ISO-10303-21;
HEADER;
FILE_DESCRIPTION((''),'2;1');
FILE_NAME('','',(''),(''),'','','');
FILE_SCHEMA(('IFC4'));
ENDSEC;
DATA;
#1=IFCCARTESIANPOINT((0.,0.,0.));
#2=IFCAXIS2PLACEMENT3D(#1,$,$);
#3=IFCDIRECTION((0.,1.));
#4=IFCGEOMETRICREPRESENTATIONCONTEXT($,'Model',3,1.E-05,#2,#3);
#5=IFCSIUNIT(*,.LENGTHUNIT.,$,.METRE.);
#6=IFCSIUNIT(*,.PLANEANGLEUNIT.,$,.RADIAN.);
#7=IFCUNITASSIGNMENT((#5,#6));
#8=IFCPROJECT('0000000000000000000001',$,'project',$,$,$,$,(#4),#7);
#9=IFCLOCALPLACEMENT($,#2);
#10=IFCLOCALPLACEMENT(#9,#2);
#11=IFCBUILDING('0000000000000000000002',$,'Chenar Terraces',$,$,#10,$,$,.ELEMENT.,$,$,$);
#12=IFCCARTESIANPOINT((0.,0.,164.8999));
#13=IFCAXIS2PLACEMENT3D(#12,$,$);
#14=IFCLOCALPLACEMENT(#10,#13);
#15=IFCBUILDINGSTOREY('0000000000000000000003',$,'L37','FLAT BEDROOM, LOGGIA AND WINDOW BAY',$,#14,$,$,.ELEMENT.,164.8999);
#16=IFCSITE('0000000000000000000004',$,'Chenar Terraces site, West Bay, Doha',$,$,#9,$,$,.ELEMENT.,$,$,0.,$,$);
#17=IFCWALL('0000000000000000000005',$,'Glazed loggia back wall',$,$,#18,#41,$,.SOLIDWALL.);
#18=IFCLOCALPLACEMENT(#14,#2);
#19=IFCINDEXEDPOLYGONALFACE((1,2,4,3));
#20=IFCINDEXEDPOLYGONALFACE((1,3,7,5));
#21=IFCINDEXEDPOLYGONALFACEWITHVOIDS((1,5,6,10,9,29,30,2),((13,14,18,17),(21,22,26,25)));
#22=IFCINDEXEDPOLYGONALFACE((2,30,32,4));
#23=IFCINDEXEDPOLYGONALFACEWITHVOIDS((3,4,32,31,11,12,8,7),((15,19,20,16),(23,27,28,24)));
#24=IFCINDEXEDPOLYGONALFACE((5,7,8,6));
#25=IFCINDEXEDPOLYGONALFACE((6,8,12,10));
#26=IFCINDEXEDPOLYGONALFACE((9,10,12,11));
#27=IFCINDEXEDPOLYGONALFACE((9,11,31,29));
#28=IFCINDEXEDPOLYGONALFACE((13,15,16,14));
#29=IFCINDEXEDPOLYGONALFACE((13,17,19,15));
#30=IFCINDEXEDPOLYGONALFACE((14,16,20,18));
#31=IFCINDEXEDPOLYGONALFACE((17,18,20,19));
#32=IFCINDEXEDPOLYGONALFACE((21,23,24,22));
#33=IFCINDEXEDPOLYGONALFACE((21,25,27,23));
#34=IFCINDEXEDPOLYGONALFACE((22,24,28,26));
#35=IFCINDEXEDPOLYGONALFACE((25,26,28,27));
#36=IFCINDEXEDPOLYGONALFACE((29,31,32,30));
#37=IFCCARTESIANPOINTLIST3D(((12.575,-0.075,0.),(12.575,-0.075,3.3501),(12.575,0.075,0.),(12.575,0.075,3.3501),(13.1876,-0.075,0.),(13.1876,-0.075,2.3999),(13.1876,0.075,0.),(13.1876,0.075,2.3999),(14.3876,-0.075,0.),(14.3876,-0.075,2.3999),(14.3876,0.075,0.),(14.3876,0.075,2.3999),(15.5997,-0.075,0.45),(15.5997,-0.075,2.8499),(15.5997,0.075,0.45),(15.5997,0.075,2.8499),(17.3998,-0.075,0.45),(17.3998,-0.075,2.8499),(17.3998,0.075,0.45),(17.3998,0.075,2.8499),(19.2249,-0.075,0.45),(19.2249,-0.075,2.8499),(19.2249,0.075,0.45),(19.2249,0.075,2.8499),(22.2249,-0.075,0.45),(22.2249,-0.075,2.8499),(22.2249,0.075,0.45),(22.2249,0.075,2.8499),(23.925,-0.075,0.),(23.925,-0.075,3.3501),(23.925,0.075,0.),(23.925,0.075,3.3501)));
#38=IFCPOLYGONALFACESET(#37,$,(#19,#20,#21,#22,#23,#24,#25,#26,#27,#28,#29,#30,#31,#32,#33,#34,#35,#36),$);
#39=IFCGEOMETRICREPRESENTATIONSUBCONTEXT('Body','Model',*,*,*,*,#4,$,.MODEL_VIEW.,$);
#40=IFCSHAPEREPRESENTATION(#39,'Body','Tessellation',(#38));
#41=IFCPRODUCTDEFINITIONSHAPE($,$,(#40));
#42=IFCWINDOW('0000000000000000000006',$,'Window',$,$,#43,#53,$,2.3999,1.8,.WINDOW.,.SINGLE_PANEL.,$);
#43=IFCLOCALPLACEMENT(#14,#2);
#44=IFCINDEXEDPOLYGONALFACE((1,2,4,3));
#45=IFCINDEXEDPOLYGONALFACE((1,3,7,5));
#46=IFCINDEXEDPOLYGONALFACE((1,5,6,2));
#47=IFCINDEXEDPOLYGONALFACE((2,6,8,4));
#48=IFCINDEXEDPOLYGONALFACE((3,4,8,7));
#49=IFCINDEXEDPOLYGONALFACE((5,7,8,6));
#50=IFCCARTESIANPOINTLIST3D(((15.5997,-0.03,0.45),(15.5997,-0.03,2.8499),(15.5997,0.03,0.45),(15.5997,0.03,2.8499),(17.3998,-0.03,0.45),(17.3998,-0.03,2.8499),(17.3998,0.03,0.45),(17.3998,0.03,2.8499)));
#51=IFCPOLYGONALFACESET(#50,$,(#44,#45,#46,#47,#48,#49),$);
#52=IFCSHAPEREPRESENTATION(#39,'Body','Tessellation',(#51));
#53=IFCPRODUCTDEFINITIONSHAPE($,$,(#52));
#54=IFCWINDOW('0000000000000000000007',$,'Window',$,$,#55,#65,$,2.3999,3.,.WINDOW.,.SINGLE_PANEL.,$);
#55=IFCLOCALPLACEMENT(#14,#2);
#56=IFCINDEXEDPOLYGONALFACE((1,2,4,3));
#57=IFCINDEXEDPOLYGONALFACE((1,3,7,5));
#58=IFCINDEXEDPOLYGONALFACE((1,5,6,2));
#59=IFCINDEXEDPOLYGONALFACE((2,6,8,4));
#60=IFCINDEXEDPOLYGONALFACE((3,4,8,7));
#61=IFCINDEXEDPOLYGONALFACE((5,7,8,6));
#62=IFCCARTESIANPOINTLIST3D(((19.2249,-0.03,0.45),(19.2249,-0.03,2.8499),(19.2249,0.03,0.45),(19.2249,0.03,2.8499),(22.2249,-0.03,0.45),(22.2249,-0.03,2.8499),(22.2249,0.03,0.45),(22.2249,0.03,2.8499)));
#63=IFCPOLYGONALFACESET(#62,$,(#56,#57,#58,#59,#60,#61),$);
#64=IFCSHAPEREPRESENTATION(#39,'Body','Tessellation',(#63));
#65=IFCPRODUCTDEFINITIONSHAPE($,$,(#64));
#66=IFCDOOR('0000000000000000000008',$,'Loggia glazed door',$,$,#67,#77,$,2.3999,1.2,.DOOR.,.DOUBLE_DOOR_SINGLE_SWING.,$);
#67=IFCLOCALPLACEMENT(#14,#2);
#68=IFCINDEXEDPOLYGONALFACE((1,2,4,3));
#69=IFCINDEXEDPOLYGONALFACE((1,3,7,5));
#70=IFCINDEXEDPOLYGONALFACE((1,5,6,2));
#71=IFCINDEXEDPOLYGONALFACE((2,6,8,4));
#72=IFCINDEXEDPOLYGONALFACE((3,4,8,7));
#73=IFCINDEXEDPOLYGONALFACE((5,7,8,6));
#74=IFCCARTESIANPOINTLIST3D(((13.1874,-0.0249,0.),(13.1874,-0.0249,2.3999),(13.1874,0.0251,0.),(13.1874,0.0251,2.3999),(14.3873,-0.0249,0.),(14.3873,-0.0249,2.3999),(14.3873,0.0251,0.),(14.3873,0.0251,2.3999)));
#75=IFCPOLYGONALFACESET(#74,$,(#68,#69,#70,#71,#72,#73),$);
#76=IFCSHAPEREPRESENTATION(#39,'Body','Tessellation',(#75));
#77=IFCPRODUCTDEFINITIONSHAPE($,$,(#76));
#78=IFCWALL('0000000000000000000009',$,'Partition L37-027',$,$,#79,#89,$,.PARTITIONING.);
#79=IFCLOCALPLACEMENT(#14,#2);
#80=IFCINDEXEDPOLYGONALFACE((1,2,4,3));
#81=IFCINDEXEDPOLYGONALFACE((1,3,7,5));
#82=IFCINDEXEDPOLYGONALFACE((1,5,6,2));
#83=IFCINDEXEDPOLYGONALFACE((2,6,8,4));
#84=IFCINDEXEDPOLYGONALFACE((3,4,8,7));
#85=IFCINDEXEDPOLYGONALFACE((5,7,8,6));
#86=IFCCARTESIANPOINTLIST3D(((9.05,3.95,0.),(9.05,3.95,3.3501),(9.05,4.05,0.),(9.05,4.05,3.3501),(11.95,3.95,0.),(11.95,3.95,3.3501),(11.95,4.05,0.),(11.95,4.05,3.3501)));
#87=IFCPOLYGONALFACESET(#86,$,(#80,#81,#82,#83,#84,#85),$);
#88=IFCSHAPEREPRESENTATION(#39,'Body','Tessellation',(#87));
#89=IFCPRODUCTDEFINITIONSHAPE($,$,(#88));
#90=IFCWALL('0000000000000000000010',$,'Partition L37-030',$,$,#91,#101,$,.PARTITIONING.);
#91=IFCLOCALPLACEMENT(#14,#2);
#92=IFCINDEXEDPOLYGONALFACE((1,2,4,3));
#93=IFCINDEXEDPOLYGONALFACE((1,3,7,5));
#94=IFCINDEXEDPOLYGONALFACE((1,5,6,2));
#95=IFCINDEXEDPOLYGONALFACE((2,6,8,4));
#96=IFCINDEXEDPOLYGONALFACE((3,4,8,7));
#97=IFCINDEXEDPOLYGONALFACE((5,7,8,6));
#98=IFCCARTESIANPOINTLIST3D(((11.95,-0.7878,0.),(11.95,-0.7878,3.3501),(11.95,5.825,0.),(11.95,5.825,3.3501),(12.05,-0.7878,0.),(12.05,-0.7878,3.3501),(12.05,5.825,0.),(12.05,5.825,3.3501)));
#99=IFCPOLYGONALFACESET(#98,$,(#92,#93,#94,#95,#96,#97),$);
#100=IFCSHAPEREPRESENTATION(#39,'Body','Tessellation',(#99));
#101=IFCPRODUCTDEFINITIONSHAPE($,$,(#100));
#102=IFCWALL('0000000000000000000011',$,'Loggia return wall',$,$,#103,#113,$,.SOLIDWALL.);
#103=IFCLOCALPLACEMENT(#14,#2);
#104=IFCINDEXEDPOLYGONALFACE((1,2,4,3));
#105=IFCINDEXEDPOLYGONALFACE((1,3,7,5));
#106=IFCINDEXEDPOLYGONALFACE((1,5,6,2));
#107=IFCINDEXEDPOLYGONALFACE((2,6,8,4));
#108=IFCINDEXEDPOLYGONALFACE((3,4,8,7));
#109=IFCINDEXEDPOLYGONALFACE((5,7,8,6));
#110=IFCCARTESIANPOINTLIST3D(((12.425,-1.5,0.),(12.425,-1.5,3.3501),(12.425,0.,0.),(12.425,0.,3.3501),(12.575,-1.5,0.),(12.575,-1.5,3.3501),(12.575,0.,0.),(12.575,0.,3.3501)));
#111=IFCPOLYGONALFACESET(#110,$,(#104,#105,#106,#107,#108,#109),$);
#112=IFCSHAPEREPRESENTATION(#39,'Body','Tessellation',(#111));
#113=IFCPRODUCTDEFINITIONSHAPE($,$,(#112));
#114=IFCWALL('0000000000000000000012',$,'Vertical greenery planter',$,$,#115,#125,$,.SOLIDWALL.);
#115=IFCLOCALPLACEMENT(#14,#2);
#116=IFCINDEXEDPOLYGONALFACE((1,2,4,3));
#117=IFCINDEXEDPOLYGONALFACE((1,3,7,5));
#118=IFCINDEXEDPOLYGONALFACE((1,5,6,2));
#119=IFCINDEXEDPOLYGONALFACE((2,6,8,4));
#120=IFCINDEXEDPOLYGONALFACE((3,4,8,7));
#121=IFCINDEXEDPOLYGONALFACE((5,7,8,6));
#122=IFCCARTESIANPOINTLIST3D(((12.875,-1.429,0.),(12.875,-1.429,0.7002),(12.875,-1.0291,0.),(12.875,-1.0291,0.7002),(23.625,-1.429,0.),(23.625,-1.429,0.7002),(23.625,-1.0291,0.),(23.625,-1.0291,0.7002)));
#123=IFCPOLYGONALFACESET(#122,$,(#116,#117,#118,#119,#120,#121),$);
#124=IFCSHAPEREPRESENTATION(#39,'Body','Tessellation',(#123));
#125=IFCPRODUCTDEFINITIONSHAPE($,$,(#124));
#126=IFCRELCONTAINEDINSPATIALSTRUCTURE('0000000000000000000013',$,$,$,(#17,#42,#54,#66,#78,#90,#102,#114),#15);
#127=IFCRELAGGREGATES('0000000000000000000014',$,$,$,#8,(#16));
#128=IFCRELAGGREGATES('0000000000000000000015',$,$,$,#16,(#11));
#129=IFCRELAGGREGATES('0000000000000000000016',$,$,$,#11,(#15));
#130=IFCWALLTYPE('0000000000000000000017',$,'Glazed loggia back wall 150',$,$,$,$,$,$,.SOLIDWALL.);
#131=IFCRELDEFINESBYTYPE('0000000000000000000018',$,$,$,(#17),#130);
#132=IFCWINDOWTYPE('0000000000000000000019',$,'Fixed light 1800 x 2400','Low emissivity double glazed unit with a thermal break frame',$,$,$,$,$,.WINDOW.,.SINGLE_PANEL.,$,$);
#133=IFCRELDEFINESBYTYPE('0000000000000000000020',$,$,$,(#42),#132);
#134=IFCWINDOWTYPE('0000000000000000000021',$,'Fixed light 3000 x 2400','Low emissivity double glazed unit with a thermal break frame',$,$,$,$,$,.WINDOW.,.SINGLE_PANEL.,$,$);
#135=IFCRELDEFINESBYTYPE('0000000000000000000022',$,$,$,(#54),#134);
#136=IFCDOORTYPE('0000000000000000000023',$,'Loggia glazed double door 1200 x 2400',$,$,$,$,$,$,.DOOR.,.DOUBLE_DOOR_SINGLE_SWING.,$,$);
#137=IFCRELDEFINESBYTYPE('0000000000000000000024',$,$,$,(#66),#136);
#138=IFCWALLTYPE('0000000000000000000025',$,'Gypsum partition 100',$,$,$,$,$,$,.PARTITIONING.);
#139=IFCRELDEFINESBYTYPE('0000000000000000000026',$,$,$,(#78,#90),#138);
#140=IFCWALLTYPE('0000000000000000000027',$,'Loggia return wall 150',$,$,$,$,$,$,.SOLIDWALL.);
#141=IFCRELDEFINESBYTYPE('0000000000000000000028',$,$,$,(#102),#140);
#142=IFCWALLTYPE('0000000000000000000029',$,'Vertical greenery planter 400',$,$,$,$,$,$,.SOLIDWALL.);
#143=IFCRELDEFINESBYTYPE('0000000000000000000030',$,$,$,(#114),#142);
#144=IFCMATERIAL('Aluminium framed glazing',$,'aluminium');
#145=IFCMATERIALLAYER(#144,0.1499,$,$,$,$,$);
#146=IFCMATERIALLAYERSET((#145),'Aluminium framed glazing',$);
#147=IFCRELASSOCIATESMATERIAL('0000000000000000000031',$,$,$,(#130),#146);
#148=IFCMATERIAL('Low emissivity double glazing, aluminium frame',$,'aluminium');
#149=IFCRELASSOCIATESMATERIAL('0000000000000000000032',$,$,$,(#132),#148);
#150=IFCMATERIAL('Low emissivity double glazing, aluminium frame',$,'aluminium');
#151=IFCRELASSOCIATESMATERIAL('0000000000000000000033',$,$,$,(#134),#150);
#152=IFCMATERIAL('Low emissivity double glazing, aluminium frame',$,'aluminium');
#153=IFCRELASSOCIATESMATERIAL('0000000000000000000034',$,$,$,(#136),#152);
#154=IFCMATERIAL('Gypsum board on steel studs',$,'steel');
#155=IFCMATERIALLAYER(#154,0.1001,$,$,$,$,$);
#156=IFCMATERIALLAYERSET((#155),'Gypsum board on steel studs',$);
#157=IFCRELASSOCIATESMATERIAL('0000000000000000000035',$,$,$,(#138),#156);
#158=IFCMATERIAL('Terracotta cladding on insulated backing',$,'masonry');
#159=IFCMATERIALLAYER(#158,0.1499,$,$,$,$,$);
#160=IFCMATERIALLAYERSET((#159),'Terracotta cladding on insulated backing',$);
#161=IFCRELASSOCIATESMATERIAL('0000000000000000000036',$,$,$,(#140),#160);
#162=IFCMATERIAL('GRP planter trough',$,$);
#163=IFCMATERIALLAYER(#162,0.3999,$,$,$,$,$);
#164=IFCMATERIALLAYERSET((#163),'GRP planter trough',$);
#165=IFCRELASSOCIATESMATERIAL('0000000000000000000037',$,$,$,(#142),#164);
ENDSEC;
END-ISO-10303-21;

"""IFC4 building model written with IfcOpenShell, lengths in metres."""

from ifc_helpers import new_model, si_unit, direction, frame, frame_2d, origin, place, context, subcontext, project, spatial, rectangle, extrude, material, layer, layer_set, type_object, element, fill, save


model = new_model("IFC4")

# Units and contexts
model_context = context("Model", 3, precision=1e-05, world=origin(), true_north=direction((0.0, 1.0)))
body_context = subcontext(model_context, "Body", "Model", "MODEL_VIEW")
ifc_project = project(units=[si_unit("LENGTHUNIT", "METRE"), si_unit("PLANEANGLEUNIT", "RADIAN")], contexts=[model_context])

# Site, building, storey
site_placement = place(None, origin())
site = spatial("IfcSite", under=ifc_project, at=site_placement, Name="Chenar Terraces site, West Bay, Doha", CompositionType="ELEMENT", RefElevation=0.0)
building_placement = place(site_placement, origin())
building = spatial("IfcBuilding", under=site, at=building_placement, Name="Chenar Terraces", CompositionType="ELEMENT")
storey_placement = place(building_placement, frame((0.0, 0.0, 164.8999)))
storey = spatial("IfcBuildingStorey", under=building, at=storey_placement, Name="L37", Description="FLAT BEDROOM, LOGGIA AND WINDOW BAY", CompositionType="ELEMENT", Elevation=164.8999)

# Wall, openings, windows, door
ifc_material_1 = material(Name="Aluminium framed glazing", Category="aluminium")
ifc_layer_1 = layer(ifc_material_1, 0.1499)
ifc_layer_set_1 = layer_set([ifc_layer_1], Name="Aluminium framed glazing")
wall_type_1 = type_object("IfcWallType", Name="Glazed loggia back wall 150", PredefinedType="SOLIDWALL", material=ifc_layer_set_1)
wall_1_placement = place(storey_placement, frame((12.575, 0.0, 0.0), z_axis=(0.0, 0.0, 1.0), x_axis=(1.0, 0.0, 0.0)))
wall_1 = element("IfcWall", 1, at=wall_1_placement, inside=storey, type_object=wall_type_1, Name="Glazed loggia back wall", PredefinedType="SOLIDWALL", context=body_context, shape_type="SweptSolid", body=[
    extrude(rectangle(XDim=11.3501, YDim=0.1499, at=frame_2d((5.675, 0.0))), origin(), (0.0, 0.0, 1.0), 3.3501),
])
opening_1_placement = place(wall_1_placement, frame((0.6125, 0.0, 0.0)))
opening_1 = element("IfcOpeningElement", 2, at=opening_1_placement, cuts=wall_1, PredefinedType="OPENING", context=body_context, shape_type="SweptSolid", body=[
    extrude(rectangle(XDim=1.2, YDim=2.3999, at=frame_2d((0.6001, 1.2))), frame((0.0, 0.085, 0.0), z_axis=(0.0, -1.0, 0.0), x_axis=(1.0, 0.0, 0.0)), (0.0, 0.0, 1.0), 0.1699),
])
opening_2_placement = place(wall_1_placement, frame((3.0249, 0.0, 0.45)))
opening_2 = element("IfcOpeningElement", 3, at=opening_2_placement, cuts=wall_1, PredefinedType="OPENING", context=body_context, shape_type="SweptSolid", body=[
    extrude(rectangle(XDim=1.8, YDim=2.3999, at=frame_2d((0.8999, 1.2))), frame((0.0, 0.085, 0.0), z_axis=(0.0, -1.0, 0.0), x_axis=(1.0, 0.0, 0.0)), (0.0, 0.0, 1.0), 0.1699),
])
opening_3_placement = place(wall_1_placement, frame((6.6499, 0.0, 0.45)))
opening_3 = element("IfcOpeningElement", 4, at=opening_3_placement, cuts=wall_1, PredefinedType="OPENING", context=body_context, shape_type="SweptSolid", body=[
    extrude(rectangle(XDim=3.0, YDim=2.3999, at=frame_2d((1.5, 1.2))), frame((0.0, 0.085, 0.0), z_axis=(0.0, -1.0, 0.0), x_axis=(1.0, 0.0, 0.0)), (0.0, 0.0, 1.0), 0.1699),
])
ifc_material_2 = material(Name="Low emissivity double glazing, aluminium frame", Category="aluminium")
window_type_1 = type_object("IfcWindowType", Name="Fixed light 1800 x 2400", Description="Low emissivity double glazed unit with a thermal break frame", PartitioningType="SINGLE_PANEL", PredefinedType="WINDOW", material=ifc_material_2)
window_1_placement = place(opening_2_placement, origin())
window_1 = element("IfcWindow", 5, at=window_1_placement, inside=storey, type_object=window_type_1, Name="Window", OverallHeight=2.3999, OverallWidth=1.8, PartitioningType="SINGLE_PANEL", PredefinedType="WINDOW", context=body_context, shape_type="SweptSolid", body=[
    extrude(rectangle(XDim=1.8, YDim=2.3999, at=frame_2d((0.8999, 1.2))), frame((0.0, 0.03, 0.0), z_axis=(0.0, -1.0, 0.0), x_axis=(1.0, 0.0, 0.0)), (0.0, 0.0, 1.0), 0.0601),
])
fill(opening_2, window_1)
ifc_material_3 = material(Name="Low emissivity double glazing, aluminium frame", Category="aluminium")
window_type_2 = type_object("IfcWindowType", Name="Fixed light 3000 x 2400", Description="Low emissivity double glazed unit with a thermal break frame", PartitioningType="SINGLE_PANEL", PredefinedType="WINDOW", material=ifc_material_3)
window_2_placement = place(opening_3_placement, origin())
window_2 = element("IfcWindow", 6, at=window_2_placement, inside=storey, type_object=window_type_2, Name="Window", OverallHeight=2.3999, OverallWidth=3.0, PartitioningType="SINGLE_PANEL", PredefinedType="WINDOW", context=body_context, shape_type="SweptSolid", body=[
    extrude(rectangle(XDim=3.0, YDim=2.3999, at=frame_2d((1.5, 1.2))), frame((0.0, 0.03, 0.0), z_axis=(0.0, -1.0, 0.0), x_axis=(1.0, 0.0, 0.0)), (0.0, 0.0, 1.0), 0.0601),
])
fill(opening_3, window_2)
ifc_material_4 = material(Name="Low emissivity double glazing, aluminium frame", Category="aluminium")
door_type_1 = type_object("IfcDoorType", Name="Loggia glazed double door 1200 x 2400", OperationType="DOUBLE_DOOR_SINGLE_SWING", PredefinedType="DOOR", material=ifc_material_4)
door_1_placement = place(opening_1_placement, frame((1.2, 0.0, 0.0), z_axis=(0.0, 0.0, 1.0), x_axis=(-1.0, 0.0, 0.0)))
door_1 = element("IfcDoor", 7, at=door_1_placement, inside=storey, type_object=door_type_1, Name="Loggia glazed door", OperationType="DOUBLE_DOOR_SINGLE_SWING", OverallHeight=2.3999, OverallWidth=1.2, PredefinedType="DOOR", context=body_context, shape_type="SweptSolid", body=[
    extrude(rectangle(XDim=1.2, YDim=2.3999, at=frame_2d((0.6001, 1.2))), frame((0.0, 0.0249, 0.0), z_axis=(0.0, -1.0, 0.0), x_axis=(1.0, 0.0, 0.0)), (0.0, 0.0, 1.0), 0.05),
])
fill(opening_1, door_1)

# Walls
ifc_material_5 = material(Name="Gypsum board on steel studs", Category="steel")
ifc_layer_2 = layer(ifc_material_5, 0.1001)
ifc_layer_set_2 = layer_set([ifc_layer_2], Name="Gypsum board on steel studs")
wall_type_2 = type_object("IfcWallType", Name="Gypsum partition 100", PredefinedType="PARTITIONING", material=ifc_layer_set_2)
wall_2_placement = place(storey_placement, frame((9.05, 4.0, 0.0), z_axis=(0.0, 0.0, 1.0), x_axis=(1.0, 0.0, 0.0)))
element("IfcWall", 8, at=wall_2_placement, inside=storey, type_object=wall_type_2, Name="Partition L37-027", PredefinedType="PARTITIONING", context=body_context, shape_type="SweptSolid", body=[
    extrude(rectangle(XDim=2.8999, YDim=0.1001, at=frame_2d((1.45, 0.0))), origin(), (0.0, 0.0, 1.0), 3.3501),
])
wall_3_placement = place(storey_placement, frame((12.0, -0.7878, 0.0), z_axis=(0.0, 0.0, 1.0), x_axis=(0.0, 1.0, 0.0)))
element("IfcWall", 9, at=wall_3_placement, inside=storey, type_object=wall_type_2, Name="Partition L37-030", PredefinedType="PARTITIONING", context=body_context, shape_type="SweptSolid", body=[
    extrude(rectangle(XDim=6.6128, YDim=0.1001, at=frame_2d((3.3064, 0.0))), origin(), (0.0, 0.0, 1.0), 3.3501),
])
ifc_material_6 = material(Name="Terracotta cladding on insulated backing", Category="masonry")
ifc_layer_3 = layer(ifc_material_6, 0.1499)
ifc_layer_set_3 = layer_set([ifc_layer_3], Name="Terracotta cladding on insulated backing")
wall_type_3 = type_object("IfcWallType", Name="Loggia return wall 150", PredefinedType="SOLIDWALL", material=ifc_layer_set_3)
wall_4_placement = place(storey_placement, frame((12.5, -1.5, 0.0), z_axis=(0.0, 0.0, 1.0), x_axis=(0.0, 1.0, 0.0)))
element("IfcWall", 10, at=wall_4_placement, inside=storey, type_object=wall_type_3, Name="Loggia return wall", PredefinedType="SOLIDWALL", context=body_context, shape_type="SweptSolid", body=[
    extrude(rectangle(XDim=1.5, YDim=0.1499, at=frame_2d((0.75, 0.0))), origin(), (0.0, 0.0, 1.0), 3.3501),
])
ifc_material_7 = material(Name="GRP planter trough")
ifc_layer_4 = layer(ifc_material_7, 0.3999)
ifc_layer_set_4 = layer_set([ifc_layer_4], Name="GRP planter trough")
wall_type_4 = type_object("IfcWallType", Name="Vertical greenery planter 400", PredefinedType="SOLIDWALL", material=ifc_layer_set_4)
wall_5_placement = place(storey_placement, frame((12.875, -1.229, 0.0), z_axis=(0.0, 0.0, 1.0), x_axis=(1.0, 0.0, 0.0)))
element("IfcWall", 11, at=wall_5_placement, inside=storey, type_object=wall_type_4, Name="Vertical greenery planter", PredefinedType="SOLIDWALL", context=body_context, shape_type="SweptSolid", body=[
    extrude(rectangle(XDim=10.75, YDim=0.3999, at=frame_2d((5.375, 0.0))), origin(), (0.0, 0.0, 1.0), 0.7002),
])

save(model, "model.ifc")
